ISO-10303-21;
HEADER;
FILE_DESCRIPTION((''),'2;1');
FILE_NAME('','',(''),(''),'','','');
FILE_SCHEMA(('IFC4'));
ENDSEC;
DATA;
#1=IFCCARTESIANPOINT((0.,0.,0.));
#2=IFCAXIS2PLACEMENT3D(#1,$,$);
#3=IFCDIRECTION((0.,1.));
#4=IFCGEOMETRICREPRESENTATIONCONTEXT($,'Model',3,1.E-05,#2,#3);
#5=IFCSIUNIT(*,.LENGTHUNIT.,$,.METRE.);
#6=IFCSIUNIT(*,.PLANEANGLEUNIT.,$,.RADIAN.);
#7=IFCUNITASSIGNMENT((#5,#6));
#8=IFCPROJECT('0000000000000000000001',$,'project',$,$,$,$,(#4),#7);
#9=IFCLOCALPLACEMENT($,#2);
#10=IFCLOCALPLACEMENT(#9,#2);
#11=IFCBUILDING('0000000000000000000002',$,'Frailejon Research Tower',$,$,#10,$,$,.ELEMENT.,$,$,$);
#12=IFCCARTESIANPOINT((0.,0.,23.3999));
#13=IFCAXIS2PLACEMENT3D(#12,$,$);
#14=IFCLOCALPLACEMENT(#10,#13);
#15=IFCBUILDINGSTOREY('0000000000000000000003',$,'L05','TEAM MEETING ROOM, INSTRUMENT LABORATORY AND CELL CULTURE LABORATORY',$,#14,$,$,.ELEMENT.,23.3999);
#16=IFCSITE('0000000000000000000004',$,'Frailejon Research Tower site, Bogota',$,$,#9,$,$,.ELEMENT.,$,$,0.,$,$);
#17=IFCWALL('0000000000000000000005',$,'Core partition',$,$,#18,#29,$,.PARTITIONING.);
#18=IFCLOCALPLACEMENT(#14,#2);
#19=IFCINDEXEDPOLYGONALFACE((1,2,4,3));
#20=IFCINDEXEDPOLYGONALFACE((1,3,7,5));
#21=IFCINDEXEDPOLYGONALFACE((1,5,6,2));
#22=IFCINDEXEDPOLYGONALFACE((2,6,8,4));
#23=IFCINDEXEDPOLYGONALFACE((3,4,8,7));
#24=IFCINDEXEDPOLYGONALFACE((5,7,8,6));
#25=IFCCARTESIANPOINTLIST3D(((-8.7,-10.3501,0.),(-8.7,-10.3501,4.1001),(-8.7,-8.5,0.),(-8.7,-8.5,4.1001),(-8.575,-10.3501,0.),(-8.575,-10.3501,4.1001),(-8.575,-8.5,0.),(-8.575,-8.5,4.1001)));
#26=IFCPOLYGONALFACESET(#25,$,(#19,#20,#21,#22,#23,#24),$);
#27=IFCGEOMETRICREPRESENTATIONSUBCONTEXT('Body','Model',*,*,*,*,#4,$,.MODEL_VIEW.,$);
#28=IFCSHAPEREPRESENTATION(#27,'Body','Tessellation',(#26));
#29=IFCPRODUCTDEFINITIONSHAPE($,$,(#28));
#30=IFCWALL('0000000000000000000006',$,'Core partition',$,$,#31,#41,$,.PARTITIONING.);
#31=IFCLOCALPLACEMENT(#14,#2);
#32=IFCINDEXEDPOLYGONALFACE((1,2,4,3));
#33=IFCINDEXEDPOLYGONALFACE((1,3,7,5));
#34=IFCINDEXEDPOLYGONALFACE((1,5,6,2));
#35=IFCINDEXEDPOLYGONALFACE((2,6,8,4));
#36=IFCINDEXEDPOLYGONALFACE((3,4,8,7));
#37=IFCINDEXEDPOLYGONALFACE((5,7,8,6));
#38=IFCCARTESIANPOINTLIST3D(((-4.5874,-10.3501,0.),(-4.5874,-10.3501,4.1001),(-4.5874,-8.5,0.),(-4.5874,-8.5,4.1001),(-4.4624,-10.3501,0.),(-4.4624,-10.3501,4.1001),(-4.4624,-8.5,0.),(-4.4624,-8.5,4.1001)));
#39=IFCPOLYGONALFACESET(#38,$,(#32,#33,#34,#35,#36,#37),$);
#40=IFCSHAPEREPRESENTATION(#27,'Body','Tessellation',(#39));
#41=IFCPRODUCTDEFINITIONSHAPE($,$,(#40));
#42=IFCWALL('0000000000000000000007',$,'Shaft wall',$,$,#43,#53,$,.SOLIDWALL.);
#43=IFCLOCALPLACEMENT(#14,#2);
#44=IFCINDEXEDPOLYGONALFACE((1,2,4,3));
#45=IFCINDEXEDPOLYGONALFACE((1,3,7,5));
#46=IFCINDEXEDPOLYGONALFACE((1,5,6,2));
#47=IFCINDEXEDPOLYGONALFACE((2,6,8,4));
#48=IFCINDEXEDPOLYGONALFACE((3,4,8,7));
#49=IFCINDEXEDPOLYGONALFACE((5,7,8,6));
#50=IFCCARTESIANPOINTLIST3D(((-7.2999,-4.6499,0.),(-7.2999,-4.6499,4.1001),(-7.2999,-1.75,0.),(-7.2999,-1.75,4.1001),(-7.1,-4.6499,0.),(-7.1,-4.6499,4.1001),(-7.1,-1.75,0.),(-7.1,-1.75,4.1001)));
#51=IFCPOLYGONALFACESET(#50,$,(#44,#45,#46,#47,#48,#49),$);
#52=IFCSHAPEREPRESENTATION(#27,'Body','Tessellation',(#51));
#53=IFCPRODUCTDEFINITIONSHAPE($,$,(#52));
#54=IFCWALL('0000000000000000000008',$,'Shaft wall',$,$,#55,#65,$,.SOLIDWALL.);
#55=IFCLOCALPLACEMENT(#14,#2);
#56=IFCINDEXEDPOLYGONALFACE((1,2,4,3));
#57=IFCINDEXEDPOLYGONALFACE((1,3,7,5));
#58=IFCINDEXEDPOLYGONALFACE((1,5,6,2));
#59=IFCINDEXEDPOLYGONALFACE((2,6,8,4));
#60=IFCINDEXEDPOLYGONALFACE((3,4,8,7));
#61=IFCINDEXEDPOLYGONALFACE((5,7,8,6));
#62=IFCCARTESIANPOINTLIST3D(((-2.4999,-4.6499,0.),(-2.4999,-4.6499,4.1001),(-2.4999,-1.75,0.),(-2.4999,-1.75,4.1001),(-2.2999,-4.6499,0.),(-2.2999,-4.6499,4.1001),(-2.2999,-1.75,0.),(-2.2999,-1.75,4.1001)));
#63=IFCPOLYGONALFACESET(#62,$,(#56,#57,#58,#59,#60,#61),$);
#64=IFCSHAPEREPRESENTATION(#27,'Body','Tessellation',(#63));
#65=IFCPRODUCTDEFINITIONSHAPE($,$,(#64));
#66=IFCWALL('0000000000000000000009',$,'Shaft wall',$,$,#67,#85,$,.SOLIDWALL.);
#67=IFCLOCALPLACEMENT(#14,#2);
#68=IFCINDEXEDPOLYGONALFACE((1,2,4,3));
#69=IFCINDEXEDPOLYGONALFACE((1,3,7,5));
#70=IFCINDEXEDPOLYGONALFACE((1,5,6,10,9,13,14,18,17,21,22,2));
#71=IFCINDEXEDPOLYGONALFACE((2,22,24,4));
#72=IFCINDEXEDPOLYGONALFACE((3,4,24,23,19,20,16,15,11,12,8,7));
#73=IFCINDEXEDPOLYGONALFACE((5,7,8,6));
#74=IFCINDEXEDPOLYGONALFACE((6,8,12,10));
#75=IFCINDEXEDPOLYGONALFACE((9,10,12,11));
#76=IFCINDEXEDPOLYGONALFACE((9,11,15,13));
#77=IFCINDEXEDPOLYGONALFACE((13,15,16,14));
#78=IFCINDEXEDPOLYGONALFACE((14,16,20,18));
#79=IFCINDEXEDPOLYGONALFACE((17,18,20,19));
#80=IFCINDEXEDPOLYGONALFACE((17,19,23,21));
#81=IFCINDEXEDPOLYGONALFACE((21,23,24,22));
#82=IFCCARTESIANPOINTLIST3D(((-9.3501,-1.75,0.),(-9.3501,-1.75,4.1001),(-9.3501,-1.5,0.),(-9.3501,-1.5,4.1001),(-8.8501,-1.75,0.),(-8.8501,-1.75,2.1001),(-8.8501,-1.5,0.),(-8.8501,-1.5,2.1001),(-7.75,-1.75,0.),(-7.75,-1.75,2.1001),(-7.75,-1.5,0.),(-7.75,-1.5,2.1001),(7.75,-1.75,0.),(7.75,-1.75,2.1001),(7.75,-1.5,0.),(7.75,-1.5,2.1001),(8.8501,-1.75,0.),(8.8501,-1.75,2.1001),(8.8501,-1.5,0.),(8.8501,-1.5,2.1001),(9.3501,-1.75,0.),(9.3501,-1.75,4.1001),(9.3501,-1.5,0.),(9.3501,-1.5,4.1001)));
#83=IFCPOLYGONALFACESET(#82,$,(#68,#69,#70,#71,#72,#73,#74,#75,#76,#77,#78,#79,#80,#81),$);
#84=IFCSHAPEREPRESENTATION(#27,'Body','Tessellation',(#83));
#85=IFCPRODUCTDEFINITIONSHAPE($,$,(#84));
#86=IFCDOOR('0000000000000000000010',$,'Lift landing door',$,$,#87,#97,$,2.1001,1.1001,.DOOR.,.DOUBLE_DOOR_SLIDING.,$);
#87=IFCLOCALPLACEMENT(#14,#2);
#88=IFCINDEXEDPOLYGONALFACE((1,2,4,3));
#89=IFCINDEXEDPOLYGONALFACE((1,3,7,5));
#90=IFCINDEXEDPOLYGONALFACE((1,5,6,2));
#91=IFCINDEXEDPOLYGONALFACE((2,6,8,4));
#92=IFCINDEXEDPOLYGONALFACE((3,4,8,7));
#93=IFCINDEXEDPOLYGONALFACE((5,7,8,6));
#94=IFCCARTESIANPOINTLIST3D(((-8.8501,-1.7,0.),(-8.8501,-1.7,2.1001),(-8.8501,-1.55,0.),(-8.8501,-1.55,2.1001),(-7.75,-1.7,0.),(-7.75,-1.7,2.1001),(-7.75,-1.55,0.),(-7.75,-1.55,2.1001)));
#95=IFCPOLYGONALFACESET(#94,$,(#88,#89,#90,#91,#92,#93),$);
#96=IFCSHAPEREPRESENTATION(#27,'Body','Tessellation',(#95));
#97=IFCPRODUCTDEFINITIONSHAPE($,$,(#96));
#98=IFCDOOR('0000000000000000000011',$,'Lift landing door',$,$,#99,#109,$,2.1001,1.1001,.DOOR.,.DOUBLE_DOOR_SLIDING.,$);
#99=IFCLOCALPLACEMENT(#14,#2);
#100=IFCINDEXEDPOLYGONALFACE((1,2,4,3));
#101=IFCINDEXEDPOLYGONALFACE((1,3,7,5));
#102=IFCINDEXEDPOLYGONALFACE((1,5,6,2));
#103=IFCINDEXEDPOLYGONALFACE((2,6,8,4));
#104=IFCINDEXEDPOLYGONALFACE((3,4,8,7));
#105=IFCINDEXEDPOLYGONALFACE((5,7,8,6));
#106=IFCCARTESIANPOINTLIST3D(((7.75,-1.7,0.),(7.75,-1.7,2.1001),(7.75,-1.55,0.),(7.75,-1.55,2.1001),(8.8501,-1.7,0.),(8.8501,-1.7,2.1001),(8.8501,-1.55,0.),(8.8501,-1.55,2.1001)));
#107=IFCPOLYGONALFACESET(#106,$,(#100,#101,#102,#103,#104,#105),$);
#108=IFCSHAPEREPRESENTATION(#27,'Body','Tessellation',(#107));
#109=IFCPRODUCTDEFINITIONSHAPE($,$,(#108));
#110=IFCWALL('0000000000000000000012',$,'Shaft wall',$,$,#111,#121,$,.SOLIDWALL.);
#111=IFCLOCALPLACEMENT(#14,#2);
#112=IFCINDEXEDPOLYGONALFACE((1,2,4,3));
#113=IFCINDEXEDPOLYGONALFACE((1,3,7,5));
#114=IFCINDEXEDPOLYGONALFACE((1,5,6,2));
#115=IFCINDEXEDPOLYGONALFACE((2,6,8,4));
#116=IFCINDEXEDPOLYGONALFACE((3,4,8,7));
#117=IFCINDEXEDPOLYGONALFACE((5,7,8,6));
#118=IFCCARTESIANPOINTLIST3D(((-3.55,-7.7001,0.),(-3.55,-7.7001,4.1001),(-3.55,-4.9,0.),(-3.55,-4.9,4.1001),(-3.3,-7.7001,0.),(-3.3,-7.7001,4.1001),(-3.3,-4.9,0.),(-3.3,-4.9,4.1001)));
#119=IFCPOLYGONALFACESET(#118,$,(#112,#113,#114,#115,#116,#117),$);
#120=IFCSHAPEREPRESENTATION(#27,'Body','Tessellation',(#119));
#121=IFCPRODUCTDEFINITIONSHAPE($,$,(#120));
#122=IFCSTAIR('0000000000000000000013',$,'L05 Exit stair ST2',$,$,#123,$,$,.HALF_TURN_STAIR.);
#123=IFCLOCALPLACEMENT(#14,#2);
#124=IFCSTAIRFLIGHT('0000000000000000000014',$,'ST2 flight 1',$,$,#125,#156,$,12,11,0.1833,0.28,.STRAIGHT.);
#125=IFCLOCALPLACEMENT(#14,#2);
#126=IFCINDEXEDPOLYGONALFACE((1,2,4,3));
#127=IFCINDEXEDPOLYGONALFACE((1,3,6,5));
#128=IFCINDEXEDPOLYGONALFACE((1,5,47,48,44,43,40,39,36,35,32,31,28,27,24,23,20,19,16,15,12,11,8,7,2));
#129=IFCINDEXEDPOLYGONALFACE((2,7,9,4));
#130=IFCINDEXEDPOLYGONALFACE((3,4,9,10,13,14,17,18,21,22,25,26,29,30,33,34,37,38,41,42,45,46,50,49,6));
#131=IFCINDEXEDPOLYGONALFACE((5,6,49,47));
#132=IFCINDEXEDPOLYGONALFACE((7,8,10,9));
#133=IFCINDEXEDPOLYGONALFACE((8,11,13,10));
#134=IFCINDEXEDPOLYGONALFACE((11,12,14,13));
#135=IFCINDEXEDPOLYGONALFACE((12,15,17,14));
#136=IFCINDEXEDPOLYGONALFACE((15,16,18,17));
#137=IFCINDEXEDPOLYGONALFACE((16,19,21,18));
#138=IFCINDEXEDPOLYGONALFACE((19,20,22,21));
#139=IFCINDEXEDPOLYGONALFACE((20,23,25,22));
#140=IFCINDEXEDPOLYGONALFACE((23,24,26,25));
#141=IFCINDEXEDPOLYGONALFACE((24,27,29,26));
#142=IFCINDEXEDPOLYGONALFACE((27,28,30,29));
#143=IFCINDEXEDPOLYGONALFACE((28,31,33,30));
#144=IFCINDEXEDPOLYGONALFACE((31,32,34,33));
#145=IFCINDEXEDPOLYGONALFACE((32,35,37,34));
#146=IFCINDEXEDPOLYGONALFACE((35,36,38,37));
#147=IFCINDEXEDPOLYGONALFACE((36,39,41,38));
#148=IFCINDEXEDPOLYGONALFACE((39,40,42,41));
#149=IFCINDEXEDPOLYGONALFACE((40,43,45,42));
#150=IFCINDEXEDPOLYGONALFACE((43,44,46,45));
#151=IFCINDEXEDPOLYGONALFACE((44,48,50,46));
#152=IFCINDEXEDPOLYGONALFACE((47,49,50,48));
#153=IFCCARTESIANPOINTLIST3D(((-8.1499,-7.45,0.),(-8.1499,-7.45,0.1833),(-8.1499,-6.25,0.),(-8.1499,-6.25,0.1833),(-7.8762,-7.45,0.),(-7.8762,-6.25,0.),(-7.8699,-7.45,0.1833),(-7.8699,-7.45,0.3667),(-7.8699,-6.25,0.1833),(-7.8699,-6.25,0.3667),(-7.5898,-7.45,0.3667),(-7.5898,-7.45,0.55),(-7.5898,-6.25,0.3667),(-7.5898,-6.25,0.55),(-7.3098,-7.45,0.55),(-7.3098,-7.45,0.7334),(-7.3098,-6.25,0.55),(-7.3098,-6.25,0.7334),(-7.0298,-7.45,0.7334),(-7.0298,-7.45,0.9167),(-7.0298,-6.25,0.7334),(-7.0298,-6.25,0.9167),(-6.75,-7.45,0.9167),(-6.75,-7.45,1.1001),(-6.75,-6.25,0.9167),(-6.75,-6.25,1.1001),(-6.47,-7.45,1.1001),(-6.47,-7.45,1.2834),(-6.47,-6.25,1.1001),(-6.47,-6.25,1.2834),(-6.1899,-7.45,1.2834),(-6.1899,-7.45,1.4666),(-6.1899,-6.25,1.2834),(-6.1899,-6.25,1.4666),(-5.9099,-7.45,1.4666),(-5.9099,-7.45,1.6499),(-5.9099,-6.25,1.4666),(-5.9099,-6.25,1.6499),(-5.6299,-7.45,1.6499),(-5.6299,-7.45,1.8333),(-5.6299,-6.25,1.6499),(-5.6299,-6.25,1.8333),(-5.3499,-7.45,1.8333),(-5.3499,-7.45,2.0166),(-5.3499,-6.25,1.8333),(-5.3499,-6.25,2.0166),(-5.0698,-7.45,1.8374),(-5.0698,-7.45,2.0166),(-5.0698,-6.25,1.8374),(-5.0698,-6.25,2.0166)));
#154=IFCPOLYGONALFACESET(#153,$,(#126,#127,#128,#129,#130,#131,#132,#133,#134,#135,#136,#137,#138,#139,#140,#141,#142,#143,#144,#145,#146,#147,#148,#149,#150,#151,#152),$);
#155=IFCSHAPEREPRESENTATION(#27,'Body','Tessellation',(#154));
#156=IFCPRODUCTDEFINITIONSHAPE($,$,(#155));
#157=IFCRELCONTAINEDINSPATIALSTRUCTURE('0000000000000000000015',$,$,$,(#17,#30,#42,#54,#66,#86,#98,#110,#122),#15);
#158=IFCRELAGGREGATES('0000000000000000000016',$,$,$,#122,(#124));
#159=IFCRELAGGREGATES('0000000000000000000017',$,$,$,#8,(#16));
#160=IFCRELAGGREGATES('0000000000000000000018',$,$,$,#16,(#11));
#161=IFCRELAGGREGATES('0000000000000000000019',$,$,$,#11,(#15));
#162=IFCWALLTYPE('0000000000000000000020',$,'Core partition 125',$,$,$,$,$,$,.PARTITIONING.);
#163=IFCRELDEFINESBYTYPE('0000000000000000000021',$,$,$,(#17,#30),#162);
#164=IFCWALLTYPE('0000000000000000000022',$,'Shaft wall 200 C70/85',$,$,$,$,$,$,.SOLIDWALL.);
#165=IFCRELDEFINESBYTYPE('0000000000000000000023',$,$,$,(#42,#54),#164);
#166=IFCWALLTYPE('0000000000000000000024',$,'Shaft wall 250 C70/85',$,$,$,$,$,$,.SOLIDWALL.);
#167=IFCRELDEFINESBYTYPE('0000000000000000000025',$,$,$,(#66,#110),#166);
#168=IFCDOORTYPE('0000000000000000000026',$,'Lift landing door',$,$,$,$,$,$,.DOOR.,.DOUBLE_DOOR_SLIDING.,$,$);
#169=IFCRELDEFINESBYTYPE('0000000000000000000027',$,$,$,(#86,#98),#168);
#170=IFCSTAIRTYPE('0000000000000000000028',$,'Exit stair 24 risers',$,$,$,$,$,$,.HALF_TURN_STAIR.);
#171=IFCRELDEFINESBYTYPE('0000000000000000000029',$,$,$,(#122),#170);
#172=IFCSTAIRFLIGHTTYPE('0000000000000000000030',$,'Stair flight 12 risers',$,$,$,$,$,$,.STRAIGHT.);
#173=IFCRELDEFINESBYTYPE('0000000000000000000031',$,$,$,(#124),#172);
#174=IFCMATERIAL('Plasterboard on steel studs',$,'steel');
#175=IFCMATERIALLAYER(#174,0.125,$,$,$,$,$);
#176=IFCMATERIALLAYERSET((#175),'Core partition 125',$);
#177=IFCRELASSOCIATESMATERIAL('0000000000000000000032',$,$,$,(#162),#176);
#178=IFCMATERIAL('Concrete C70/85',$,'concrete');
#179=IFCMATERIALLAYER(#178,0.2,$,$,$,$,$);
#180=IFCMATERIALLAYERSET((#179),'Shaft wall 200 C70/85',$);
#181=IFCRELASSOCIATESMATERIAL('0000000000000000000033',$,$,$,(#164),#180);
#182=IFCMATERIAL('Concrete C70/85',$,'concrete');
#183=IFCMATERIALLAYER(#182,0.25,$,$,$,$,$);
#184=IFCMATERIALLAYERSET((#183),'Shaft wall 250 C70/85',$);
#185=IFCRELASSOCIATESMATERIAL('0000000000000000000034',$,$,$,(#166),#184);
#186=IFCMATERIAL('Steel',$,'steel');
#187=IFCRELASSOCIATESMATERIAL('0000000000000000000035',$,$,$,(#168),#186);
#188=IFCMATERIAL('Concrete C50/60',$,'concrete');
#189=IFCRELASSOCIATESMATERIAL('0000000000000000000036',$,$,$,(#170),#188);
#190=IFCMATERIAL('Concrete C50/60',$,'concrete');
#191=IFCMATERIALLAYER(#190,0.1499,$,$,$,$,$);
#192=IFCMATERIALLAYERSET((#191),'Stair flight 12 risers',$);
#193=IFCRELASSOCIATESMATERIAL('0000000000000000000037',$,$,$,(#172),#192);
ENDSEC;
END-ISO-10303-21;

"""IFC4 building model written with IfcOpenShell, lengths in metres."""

from ifc_helpers import new_model, si_unit, direction, frame, frame_2d, origin, place, context, subcontext, project, spatial, polyline, rectangle, outline, extrude, material, layer, layer_set, type_object, element, fill, aggregate, save


model = new_model("IFC4")

# Units and contexts
model_context = context("Model", 3, precision=1e-05, world=origin(), true_north=direction((0.0, 1.0)))
body_context = subcontext(model_context, "Body", "Model", "MODEL_VIEW")
ifc_project = project(units=[si_unit("LENGTHUNIT", "METRE"), si_unit("PLANEANGLEUNIT", "RADIAN")], contexts=[model_context])

# Site, building, storey
site_placement = place(None, origin())
site = spatial("IfcSite", under=ifc_project, at=site_placement, Name="Frailejon Research Tower site, Bogota", CompositionType="ELEMENT", RefElevation=0.0)
building_placement = place(site_placement, origin())
building = spatial("IfcBuilding", under=site, at=building_placement, Name="Frailejon Research Tower", CompositionType="ELEMENT")
storey_placement = place(building_placement, frame((0.0, 0.0, 23.3999)))
storey = spatial("IfcBuildingStorey", under=building, at=storey_placement, Name="L05", Description="TEAM MEETING ROOM, INSTRUMENT LABORATORY AND CELL CULTURE LABORATORY", CompositionType="ELEMENT", Elevation=23.3999)

# Walls
ifc_material_1 = material(Name="Plasterboard on steel studs", Category="steel")
ifc_layer_1 = layer(ifc_material_1, 0.125)
ifc_layer_set_1 = layer_set([ifc_layer_1], Name="Core partition 125")
wall_type_1 = type_object("IfcWallType", Name="Core partition 125", PredefinedType="PARTITIONING", material=ifc_layer_set_1)
for number, where, z_axis, x_axis, name in (
    (1, (-8.6375, -10.3501, 0.0), (0.0, 0.0, 1.0), (0.0, 1.0, 0.0), "Core partition"),
    (2, (-4.5249, -10.3501, 0.0), (0.0, 0.0, 1.0), (0.0, 1.0, 0.0), "Core partition"),
):
    element("IfcWall", number, at=place(storey_placement, frame(where, z_axis=z_axis, x_axis=x_axis)), inside=storey, type_object=wall_type_1, Name=name, PredefinedType="PARTITIONING", context=body_context, shape_type="SweptSolid", body=[
        extrude(rectangle(XDim=1.8501, YDim=0.125, at=frame_2d((0.925, 0.0))), origin(), (0.0, 0.0, 1.0), 4.1001),
    ])
ifc_material_2 = material(Name="Concrete C70/85", Category="concrete")
ifc_layer_2 = layer(ifc_material_2, 0.2)
ifc_layer_set_2 = layer_set([ifc_layer_2], Name="Shaft wall 200 C70/85")
wall_type_2 = type_object("IfcWallType", Name="Shaft wall 200 C70/85", PredefinedType="SOLIDWALL", material=ifc_layer_set_2)
for number, where, z_axis, x_axis, name in (
    (3, (-7.2, -4.6499, 0.0), (0.0, 0.0, 1.0), (0.0, 1.0, 0.0), "Shaft wall"),
    (4, (-2.3999, -4.6499, 0.0), (0.0, 0.0, 1.0), (0.0, 1.0, 0.0), "Shaft wall"),
):
    element("IfcWall", number, at=place(storey_placement, frame(where, z_axis=z_axis, x_axis=x_axis)), inside=storey, type_object=wall_type_2, Name=name, PredefinedType="SOLIDWALL", context=body_context, shape_type="SweptSolid", body=[
        extrude(rectangle(XDim=2.8999, YDim=0.2, at=frame_2d((1.45, 0.0))), origin(), (0.0, 0.0, 1.0), 4.1001),
    ])

# Wall, openings, doors
ifc_material_3 = material(Name="Concrete C70/85", Category="concrete")
ifc_layer_3 = layer(ifc_material_3, 0.25)
ifc_layer_set_3 = layer_set([ifc_layer_3], Name="Shaft wall 250 C70/85")
wall_type_3 = type_object("IfcWallType", Name="Shaft wall 250 C70/85", PredefinedType="SOLIDWALL", material=ifc_layer_set_3)
wall_1_placement = place(storey_placement, frame((-9.3501, -1.625, 0.0), z_axis=(0.0, 0.0, 1.0), x_axis=(1.0, 0.0, 0.0)))
wall_1 = element("IfcWall", 5, at=wall_1_placement, inside=storey, type_object=wall_type_3, Name="Shaft wall", PredefinedType="SOLIDWALL", context=body_context, shape_type="SweptSolid", body=[
    extrude(rectangle(XDim=18.7002, YDim=0.25, at=frame_2d((9.3501, 0.0))), origin(), (0.0, 0.0, 1.0), 4.1001),
])
opening_1_placement = place(wall_1_placement, frame((0.5, 0.0, 0.0)))
opening_1 = element("IfcOpeningElement", 6, at=opening_1_placement, cuts=wall_1, PredefinedType="OPENING", context=body_context, shape_type="SweptSolid", body=[
    extrude(rectangle(XDim=1.1001, YDim=2.1001, at=frame_2d((0.55, 1.05))), frame((0.0, 0.135, 0.0), z_axis=(0.0, -1.0, 0.0), x_axis=(1.0, 0.0, 0.0)), (0.0, 0.0, 1.0), 0.27),
])
opening_2_placement = place(wall_1_placement, frame((17.1001, 0.0, 0.0)))
opening_2 = element("IfcOpeningElement", 7, at=opening_2_placement, cuts=wall_1, PredefinedType="OPENING", context=body_context, shape_type="SweptSolid", body=[
    extrude(rectangle(XDim=1.1001, YDim=2.1001, at=frame_2d((0.55, 1.05))), frame((0.0, 0.135, 0.0), z_axis=(0.0, -1.0, 0.0), x_axis=(1.0, 0.0, 0.0)), (0.0, 0.0, 1.0), 0.27),
])
ifc_material_4 = material(Name="Steel", Category="steel")
door_type = type_object("IfcDoorType", Name="Lift landing door", OperationType="DOUBLE_DOOR_SLIDING", PredefinedType="DOOR", material=ifc_material_4)
door_1_placement = place(opening_1_placement, origin())
door_1 = element("IfcDoor", 8, at=door_1_placement, inside=storey, type_object=door_type, Name="Lift landing door", OperationType="DOUBLE_DOOR_SLIDING", OverallHeight=2.1001, OverallWidth=1.1001, PredefinedType="DOOR", context=body_context, shape_type="SweptSolid", body=[
    extrude(rectangle(XDim=1.1001, YDim=2.1001, at=frame_2d((0.55, 1.05))), frame((0.0, 0.075, 0.0), z_axis=(0.0, -1.0, 0.0), x_axis=(1.0, 0.0, 0.0)), (0.0, 0.0, 1.0), 0.1499),
])
fill(opening_1, door_1)
door_2_placement = place(opening_2_placement, origin())
door_2 = element("IfcDoor", 9, at=door_2_placement, inside=storey, type_object=door_type, Name="Lift landing door", OperationType="DOUBLE_DOOR_SLIDING", OverallHeight=2.1001, OverallWidth=1.1001, PredefinedType="DOOR", context=body_context, shape_type="SweptSolid", body=[
    extrude(rectangle(XDim=1.1001, YDim=2.1001, at=frame_2d((0.55, 1.05))), frame((0.0, 0.075, 0.0), z_axis=(0.0, -1.0, 0.0), x_axis=(1.0, 0.0, 0.0)), (0.0, 0.0, 1.0), 0.1499),
])
fill(opening_2, door_2)

# Wall
wall_2_placement = place(storey_placement, frame((-3.425, -7.7, 0.0), z_axis=(0.0, 0.0, 1.0), x_axis=(0.0, 1.0, 0.0)))
element("IfcWall", 10, at=wall_2_placement, inside=storey, type_object=wall_type_3, Name="Shaft wall", PredefinedType="SOLIDWALL", context=body_context, shape_type="SweptSolid", body=[
    extrude(rectangle(XDim=2.8, YDim=0.25, at=frame_2d((1.3999, 0.0))), origin(), (0.0, 0.0, 1.0), 4.1001),
])

# Stair, stair flight
ifc_material_5 = material(Name="Concrete C50/60", Category="concrete")
stair_type = type_object("IfcStairType", Name="Exit stair 24 risers", PredefinedType="HALF_TURN_STAIR", material=ifc_material_5)
stair_placement = place(storey_placement, origin())
stair = element("IfcStair", 11, at=stair_placement, inside=storey, type_object=stair_type, Name="L05 Exit stair ST2", PredefinedType="HALF_TURN_STAIR")
ifc_material_6 = material(Name="Concrete C50/60", Category="concrete")
ifc_layer_4 = layer(ifc_material_6, 0.1499)
ifc_layer_set_4 = layer_set([ifc_layer_4], Name="Stair flight 12 risers")
stair_flight_type = type_object("IfcStairFlightType", Name="Stair flight 12 risers", PredefinedType="STRAIGHT", material=ifc_layer_set_4)
stair_flight_1_placement = place(storey_placement, frame((-8.1499, -6.8501, 0.0), z_axis=(0.0, 0.0, 1.0), x_axis=(1.0, 0.0, 0.0)))
stair_flight_1 = element("IfcStairFlight", 12, at=stair_flight_1_placement, type_object=stair_flight_type, Name="ST2 flight 1", NumberOfRisers=12, NumberOfTreads=11, PredefinedType="STRAIGHT", RiserHeight=0.1833, TreadLength=0.28, context=body_context, shape_type="SweptSolid", body=[
    extrude(outline(polyline([(0.0, 0.0), (0.0, 0.1833), (0.28, 0.1833), (0.28, 0.3667), (0.5601, 0.3667), (0.5601, 0.55), (0.8401, 0.55), (0.8401, 0.7334), (1.1201, 0.7334), (1.1201, 0.9167), (1.3999, 0.9167), (1.3999, 1.1001), (1.6799, 1.1001), (1.6799, 1.2834), (1.96, 1.2834), (1.96, 1.4666), (2.24, 1.4666), (2.24, 1.6499), (2.52, 1.6499), (2.52, 1.8333), (2.8, 1.8333), (2.8, 2.0166), (3.0801, 2.0166), (3.0801, 2.2), (3.0801, 1.8374), (0.2737, 0.0), (0.0, 0.0)])), frame((0.0, 0.6001, 0.0), z_axis=(0.0, -1.0, 0.0), x_axis=(1.0, 0.0, 0.0)), (0.0, 0.0, 1.0), 1.2),
])
aggregate(stair, [stair_flight_1])

save(model, "model.ifc")
